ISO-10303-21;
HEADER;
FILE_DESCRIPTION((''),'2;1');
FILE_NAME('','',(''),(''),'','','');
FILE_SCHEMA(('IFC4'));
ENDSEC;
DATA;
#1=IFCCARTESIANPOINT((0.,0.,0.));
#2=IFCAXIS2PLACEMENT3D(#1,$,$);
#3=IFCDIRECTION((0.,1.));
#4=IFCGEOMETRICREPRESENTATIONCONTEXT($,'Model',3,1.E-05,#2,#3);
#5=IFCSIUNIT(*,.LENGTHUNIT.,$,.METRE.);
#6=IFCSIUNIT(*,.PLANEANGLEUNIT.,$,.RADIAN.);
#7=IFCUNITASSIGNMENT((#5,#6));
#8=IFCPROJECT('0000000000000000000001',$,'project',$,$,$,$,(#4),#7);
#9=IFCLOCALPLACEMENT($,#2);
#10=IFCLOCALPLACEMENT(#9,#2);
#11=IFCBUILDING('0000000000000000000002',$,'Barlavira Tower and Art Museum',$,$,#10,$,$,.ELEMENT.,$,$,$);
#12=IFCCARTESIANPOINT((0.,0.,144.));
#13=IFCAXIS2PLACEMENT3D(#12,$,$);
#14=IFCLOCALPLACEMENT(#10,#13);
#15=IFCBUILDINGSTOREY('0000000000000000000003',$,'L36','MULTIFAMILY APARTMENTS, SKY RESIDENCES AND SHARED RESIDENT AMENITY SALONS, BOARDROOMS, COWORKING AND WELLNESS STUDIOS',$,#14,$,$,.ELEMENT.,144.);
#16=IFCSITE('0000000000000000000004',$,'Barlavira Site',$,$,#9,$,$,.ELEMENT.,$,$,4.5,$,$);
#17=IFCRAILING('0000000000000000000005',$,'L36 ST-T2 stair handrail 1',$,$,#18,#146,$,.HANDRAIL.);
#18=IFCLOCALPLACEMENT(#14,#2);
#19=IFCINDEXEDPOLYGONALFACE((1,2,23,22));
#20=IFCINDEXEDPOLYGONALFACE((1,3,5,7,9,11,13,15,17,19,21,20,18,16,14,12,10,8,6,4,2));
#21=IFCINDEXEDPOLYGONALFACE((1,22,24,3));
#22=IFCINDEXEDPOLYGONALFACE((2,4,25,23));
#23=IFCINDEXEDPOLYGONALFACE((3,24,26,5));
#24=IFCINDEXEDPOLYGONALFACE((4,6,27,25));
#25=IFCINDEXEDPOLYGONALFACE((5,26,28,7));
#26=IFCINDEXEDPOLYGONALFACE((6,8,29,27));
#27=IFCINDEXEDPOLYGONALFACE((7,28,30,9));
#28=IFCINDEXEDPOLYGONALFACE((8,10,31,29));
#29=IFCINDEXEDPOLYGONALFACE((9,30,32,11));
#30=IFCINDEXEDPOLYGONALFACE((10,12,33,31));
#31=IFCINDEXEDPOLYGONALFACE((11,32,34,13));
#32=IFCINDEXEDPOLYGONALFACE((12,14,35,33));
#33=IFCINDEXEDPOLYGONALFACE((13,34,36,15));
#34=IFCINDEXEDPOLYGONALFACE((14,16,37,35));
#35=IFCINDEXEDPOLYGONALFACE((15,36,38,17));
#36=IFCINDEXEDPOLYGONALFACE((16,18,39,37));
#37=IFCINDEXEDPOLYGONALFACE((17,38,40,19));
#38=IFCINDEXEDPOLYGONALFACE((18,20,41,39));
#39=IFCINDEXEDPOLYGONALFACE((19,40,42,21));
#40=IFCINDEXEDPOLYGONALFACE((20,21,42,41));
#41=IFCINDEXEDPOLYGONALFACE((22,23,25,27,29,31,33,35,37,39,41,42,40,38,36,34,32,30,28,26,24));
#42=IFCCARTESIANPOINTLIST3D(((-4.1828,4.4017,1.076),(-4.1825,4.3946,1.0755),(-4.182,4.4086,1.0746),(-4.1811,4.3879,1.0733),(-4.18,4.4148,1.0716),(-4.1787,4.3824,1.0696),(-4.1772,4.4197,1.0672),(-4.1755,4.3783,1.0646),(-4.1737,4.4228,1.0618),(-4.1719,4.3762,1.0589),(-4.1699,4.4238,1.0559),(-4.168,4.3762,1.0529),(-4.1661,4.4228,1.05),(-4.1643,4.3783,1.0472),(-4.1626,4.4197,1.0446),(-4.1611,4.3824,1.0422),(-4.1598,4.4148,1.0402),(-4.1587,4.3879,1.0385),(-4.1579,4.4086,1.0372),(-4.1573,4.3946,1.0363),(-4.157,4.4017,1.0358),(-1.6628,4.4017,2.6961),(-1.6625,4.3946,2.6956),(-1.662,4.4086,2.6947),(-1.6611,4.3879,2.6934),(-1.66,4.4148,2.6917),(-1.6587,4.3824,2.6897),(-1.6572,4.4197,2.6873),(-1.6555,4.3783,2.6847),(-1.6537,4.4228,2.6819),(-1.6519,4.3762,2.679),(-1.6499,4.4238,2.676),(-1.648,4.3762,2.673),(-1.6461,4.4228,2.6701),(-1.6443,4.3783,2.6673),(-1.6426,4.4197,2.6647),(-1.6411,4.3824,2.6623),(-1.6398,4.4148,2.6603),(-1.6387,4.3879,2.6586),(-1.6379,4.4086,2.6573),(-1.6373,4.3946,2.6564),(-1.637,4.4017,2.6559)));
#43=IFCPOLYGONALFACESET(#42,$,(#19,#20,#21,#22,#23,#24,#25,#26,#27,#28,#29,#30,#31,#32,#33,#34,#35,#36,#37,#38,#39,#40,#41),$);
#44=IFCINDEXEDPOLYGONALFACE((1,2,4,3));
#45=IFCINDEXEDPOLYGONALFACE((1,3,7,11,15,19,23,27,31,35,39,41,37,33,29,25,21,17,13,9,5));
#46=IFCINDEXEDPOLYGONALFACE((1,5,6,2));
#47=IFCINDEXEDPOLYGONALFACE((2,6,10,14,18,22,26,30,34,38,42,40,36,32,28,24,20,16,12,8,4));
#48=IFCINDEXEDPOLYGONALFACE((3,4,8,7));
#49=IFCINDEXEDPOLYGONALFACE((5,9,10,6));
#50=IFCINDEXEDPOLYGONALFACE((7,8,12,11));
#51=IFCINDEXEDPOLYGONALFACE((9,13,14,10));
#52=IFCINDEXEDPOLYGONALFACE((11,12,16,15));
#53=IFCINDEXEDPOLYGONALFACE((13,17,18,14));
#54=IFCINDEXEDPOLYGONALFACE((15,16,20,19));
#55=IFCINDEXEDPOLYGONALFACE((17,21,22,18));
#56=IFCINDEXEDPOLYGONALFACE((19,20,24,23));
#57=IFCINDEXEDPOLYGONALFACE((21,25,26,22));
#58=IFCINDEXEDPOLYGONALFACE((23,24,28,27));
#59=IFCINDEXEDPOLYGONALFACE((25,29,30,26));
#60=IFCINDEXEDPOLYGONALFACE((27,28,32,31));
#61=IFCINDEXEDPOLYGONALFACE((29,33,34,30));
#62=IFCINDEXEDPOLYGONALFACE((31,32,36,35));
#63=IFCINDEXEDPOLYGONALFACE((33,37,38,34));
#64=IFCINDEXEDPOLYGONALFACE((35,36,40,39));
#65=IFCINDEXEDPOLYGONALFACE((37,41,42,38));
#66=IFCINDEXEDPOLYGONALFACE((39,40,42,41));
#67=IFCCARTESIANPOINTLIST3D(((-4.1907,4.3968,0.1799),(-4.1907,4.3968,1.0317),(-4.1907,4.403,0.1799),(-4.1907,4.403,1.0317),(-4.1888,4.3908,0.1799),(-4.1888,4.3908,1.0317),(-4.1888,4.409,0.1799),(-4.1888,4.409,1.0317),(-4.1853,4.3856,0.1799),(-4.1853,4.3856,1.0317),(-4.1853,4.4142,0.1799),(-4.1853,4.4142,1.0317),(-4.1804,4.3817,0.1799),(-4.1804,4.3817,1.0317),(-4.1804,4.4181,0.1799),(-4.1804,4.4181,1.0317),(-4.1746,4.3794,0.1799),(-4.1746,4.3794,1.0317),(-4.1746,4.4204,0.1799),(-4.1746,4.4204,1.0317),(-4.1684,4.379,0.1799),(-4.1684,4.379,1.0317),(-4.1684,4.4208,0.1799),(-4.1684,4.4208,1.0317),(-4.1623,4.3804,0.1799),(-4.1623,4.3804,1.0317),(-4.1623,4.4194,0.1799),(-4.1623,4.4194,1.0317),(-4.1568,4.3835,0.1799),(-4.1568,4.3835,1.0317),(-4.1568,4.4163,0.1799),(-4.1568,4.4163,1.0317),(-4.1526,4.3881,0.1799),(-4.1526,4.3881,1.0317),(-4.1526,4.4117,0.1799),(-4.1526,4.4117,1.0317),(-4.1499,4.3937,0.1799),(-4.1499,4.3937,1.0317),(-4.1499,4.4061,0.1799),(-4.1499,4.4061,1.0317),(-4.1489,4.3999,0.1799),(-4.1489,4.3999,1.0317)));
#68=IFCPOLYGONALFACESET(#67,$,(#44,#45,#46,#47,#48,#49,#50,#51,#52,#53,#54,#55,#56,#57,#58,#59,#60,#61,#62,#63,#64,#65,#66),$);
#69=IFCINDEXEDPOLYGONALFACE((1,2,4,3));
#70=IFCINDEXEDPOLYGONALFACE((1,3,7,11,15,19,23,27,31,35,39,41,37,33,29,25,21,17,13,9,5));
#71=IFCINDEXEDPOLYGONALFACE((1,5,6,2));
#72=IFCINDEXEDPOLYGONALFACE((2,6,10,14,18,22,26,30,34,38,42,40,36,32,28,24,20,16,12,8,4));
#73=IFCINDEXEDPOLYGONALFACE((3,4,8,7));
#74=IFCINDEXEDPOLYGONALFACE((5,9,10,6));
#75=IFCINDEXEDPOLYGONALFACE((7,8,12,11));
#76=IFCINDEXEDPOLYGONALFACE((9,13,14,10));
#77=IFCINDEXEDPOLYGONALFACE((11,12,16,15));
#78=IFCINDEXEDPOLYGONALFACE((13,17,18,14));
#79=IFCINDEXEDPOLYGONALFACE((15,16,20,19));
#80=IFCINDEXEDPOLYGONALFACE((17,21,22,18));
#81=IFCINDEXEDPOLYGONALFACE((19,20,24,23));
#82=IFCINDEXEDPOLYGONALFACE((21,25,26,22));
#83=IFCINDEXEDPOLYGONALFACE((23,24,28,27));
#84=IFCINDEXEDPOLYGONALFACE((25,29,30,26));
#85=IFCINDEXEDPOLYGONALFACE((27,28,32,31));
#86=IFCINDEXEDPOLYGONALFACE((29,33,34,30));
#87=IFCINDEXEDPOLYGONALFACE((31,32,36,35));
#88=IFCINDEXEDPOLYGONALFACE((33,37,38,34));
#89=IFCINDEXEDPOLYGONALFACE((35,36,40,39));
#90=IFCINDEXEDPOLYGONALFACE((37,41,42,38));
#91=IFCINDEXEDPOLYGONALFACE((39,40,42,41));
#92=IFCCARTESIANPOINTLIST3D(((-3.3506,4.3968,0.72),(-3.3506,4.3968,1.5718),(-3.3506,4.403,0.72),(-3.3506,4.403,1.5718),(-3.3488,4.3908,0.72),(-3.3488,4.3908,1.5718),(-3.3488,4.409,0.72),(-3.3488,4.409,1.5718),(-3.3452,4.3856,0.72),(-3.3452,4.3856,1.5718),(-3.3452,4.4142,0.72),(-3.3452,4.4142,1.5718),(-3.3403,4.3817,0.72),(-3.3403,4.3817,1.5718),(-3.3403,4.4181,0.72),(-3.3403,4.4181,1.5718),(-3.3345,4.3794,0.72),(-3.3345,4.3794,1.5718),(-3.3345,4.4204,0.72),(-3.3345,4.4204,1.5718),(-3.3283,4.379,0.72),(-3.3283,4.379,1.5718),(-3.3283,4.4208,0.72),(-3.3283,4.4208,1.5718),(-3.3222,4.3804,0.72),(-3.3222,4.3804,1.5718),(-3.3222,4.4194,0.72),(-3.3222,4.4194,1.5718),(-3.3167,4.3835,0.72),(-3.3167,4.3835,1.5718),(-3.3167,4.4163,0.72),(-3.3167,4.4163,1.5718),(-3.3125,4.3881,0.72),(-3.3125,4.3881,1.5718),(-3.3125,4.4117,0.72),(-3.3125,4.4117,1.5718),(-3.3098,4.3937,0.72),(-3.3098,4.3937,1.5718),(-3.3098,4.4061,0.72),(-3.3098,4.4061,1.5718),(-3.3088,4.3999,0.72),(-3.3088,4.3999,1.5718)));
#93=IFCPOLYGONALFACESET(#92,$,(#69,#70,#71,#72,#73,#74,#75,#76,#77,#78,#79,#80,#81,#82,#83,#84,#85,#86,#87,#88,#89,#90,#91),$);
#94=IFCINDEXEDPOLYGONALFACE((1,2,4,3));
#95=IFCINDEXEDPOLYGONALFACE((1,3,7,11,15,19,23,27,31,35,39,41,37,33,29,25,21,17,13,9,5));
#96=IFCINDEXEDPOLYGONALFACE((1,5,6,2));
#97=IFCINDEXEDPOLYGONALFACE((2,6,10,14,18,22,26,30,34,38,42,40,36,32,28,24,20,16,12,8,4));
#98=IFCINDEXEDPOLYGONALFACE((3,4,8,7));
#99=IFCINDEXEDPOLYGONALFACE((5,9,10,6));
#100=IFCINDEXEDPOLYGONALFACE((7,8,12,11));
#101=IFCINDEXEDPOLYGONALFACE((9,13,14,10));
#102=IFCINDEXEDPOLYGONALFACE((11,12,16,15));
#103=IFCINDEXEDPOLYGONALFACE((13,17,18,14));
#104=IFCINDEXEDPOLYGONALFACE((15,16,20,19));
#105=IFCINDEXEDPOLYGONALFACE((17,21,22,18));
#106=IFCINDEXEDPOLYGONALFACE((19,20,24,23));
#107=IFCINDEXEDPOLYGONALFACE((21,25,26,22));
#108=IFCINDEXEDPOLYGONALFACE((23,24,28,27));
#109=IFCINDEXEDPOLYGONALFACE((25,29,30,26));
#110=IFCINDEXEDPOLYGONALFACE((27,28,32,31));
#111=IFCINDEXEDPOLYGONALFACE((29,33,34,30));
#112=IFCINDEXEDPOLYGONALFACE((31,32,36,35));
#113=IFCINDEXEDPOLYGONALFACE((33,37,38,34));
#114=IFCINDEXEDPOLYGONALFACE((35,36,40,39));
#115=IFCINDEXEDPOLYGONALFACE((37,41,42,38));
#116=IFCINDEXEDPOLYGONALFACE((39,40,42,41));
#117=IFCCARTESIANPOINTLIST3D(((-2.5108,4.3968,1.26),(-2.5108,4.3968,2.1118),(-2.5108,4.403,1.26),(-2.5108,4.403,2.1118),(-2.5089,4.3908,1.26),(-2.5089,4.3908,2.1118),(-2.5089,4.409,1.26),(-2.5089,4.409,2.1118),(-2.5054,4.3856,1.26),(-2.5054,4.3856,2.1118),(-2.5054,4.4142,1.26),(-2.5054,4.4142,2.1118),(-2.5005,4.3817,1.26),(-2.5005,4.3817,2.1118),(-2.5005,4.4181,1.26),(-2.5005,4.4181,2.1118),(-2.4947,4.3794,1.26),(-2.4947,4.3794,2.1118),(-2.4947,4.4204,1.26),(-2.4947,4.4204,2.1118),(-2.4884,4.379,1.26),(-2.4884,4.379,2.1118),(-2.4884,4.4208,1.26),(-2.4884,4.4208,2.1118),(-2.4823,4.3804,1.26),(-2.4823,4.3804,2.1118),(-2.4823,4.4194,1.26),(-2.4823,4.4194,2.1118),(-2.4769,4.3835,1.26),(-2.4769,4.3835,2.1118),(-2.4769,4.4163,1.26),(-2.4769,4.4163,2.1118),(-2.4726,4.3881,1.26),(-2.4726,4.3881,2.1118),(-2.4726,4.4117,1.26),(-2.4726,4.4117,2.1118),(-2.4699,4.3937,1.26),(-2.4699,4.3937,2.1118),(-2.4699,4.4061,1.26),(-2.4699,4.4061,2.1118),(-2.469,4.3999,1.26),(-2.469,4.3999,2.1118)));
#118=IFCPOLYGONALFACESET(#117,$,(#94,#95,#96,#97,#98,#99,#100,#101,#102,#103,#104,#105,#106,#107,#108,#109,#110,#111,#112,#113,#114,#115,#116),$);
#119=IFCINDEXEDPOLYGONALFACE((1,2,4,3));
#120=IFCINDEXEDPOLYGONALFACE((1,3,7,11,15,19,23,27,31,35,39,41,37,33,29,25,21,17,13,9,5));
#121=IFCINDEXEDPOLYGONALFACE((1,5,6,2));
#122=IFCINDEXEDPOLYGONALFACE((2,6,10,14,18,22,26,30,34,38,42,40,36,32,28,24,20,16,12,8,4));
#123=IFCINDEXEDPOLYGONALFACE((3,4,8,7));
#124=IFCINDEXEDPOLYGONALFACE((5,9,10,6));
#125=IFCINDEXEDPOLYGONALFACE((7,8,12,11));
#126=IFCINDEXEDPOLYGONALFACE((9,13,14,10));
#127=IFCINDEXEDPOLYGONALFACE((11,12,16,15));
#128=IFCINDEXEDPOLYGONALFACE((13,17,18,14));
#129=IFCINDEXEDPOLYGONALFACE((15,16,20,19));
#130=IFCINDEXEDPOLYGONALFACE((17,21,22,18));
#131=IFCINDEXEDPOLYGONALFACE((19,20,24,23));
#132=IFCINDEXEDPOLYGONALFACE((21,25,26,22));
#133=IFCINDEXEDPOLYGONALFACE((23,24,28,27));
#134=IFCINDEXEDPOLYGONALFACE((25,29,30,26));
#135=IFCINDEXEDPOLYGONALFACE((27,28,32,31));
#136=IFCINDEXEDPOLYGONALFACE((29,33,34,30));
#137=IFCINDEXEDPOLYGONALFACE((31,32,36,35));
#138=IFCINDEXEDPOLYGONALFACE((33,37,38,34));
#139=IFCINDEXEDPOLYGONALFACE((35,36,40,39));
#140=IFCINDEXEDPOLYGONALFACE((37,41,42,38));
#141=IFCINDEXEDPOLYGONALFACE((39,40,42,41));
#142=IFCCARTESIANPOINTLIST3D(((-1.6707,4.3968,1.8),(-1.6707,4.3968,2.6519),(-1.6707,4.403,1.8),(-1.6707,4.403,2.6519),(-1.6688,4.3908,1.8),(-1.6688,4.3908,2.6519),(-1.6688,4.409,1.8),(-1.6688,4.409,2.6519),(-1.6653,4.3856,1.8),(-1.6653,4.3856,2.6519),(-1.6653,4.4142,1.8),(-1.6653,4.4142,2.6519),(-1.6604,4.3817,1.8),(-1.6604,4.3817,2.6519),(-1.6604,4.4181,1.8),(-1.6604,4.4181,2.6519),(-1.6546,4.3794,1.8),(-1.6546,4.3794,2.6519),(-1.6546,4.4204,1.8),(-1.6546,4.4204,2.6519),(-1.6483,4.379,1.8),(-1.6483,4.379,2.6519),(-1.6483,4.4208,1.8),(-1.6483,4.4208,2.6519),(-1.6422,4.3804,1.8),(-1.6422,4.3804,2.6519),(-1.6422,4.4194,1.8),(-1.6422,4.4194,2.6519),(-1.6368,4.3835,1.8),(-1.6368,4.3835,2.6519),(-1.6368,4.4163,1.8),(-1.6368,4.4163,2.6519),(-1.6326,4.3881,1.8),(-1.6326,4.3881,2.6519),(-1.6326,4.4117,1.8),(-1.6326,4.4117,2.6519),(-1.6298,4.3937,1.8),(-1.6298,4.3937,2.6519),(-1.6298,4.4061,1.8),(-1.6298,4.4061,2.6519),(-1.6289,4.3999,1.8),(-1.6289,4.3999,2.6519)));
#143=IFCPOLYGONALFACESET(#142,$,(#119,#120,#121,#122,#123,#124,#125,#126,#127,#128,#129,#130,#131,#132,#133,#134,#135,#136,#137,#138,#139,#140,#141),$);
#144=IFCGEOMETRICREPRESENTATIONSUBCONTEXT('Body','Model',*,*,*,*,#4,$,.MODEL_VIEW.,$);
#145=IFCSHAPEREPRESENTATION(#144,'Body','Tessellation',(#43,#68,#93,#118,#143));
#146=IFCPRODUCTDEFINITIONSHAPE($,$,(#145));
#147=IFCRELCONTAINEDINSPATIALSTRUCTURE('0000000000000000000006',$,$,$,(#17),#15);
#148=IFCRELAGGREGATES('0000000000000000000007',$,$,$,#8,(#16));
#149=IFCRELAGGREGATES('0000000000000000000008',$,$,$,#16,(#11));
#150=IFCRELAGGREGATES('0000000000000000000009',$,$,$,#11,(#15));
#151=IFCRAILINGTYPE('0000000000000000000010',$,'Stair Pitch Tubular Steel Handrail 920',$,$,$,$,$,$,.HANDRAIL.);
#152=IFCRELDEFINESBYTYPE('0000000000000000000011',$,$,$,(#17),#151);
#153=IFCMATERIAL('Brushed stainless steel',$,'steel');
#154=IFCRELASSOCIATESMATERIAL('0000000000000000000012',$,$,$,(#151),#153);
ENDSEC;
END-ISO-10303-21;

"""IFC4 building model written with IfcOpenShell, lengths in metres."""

from ifc_helpers import new_model, si_unit, direction, frame, origin, origin_2d, place, context, subcontext, project, spatial, circle, extrude, material, type_object, element, save


model = new_model("IFC4")

# Units and contexts
model_context = context("Model", 3, precision=1e-05, world=origin(), true_north=direction((0.0, 1.0)))
body_context = subcontext(model_context, "Body", "Model", "MODEL_VIEW")
ifc_project = project(units=[si_unit("LENGTHUNIT", "METRE"), si_unit("PLANEANGLEUNIT", "RADIAN")], contexts=[model_context])

# Site, building, storey
site_placement = place(None, origin())
site = spatial("IfcSite", under=ifc_project, at=site_placement, Name="Barlavira Site", CompositionType="ELEMENT", RefElevation=4.5)
building_placement = place(site_placement, origin())
building = spatial("IfcBuilding", under=site, at=building_placement, Name="Barlavira Tower and Art Museum", CompositionType="ELEMENT")
storey_placement = place(building_placement, frame((0.0, 0.0, 144.0)))
storey = spatial("IfcBuildingStorey", under=building, at=storey_placement, Name="L36", Description="MULTIFAMILY APARTMENTS, SKY RESIDENCES AND SHARED RESIDENT AMENITY SALONS, BOARDROOMS, COWORKING AND WELLNESS STUDIOS", CompositionType="ELEMENT", Elevation=144.0)

# Shared definitions
ifc_material_1 = material(Name="Brushed stainless steel", Category="steel")

# Railing
railing_type_1 = type_object("IfcRailingType", Name="Stair Pitch Tubular Steel Handrail 920", PredefinedType="HANDRAIL", material=ifc_material_1)
railing_1_placement = place(storey_placement, frame((-4.1699, 4.3999, 0.1799)))
element("IfcRailing", 1, at=railing_1_placement, inside=storey, type_object=railing_type_1, Name="L36 ST-T2 stair handrail 1", PredefinedType="HANDRAIL", context=body_context, shape_type="SweptSolid", body=[
    extrude(circle(Radius=0.0239, at=origin_2d()), frame((0.0, 0.0, 0.876), z_axis=(0.841163, 0.0, 0.540782), x_axis=(0.0, 1.0, 0.0)), (0.0, 0.0, 1.0), 2.9958),
    extrude(circle(Radius=0.021, at=origin_2d()), origin(), (0.0, 0.0, 1.0), 0.8518),
    extrude(circle(Radius=0.021, at=origin_2d()), frame((0.8401, 0.0, 0.54)), (0.0, 0.0, 1.0), 0.8518),
    extrude(circle(Radius=0.021, at=origin_2d()), frame((1.6799, 0.0, 1.0801)), (0.0, 0.0, 1.0), 0.8518),
    extrude(circle(Radius=0.021, at=origin_2d()), frame((2.52, 0.0, 1.6201)), (0.0, 0.0, 1.0), 0.8518),
])

save(model, "model.ifc")
